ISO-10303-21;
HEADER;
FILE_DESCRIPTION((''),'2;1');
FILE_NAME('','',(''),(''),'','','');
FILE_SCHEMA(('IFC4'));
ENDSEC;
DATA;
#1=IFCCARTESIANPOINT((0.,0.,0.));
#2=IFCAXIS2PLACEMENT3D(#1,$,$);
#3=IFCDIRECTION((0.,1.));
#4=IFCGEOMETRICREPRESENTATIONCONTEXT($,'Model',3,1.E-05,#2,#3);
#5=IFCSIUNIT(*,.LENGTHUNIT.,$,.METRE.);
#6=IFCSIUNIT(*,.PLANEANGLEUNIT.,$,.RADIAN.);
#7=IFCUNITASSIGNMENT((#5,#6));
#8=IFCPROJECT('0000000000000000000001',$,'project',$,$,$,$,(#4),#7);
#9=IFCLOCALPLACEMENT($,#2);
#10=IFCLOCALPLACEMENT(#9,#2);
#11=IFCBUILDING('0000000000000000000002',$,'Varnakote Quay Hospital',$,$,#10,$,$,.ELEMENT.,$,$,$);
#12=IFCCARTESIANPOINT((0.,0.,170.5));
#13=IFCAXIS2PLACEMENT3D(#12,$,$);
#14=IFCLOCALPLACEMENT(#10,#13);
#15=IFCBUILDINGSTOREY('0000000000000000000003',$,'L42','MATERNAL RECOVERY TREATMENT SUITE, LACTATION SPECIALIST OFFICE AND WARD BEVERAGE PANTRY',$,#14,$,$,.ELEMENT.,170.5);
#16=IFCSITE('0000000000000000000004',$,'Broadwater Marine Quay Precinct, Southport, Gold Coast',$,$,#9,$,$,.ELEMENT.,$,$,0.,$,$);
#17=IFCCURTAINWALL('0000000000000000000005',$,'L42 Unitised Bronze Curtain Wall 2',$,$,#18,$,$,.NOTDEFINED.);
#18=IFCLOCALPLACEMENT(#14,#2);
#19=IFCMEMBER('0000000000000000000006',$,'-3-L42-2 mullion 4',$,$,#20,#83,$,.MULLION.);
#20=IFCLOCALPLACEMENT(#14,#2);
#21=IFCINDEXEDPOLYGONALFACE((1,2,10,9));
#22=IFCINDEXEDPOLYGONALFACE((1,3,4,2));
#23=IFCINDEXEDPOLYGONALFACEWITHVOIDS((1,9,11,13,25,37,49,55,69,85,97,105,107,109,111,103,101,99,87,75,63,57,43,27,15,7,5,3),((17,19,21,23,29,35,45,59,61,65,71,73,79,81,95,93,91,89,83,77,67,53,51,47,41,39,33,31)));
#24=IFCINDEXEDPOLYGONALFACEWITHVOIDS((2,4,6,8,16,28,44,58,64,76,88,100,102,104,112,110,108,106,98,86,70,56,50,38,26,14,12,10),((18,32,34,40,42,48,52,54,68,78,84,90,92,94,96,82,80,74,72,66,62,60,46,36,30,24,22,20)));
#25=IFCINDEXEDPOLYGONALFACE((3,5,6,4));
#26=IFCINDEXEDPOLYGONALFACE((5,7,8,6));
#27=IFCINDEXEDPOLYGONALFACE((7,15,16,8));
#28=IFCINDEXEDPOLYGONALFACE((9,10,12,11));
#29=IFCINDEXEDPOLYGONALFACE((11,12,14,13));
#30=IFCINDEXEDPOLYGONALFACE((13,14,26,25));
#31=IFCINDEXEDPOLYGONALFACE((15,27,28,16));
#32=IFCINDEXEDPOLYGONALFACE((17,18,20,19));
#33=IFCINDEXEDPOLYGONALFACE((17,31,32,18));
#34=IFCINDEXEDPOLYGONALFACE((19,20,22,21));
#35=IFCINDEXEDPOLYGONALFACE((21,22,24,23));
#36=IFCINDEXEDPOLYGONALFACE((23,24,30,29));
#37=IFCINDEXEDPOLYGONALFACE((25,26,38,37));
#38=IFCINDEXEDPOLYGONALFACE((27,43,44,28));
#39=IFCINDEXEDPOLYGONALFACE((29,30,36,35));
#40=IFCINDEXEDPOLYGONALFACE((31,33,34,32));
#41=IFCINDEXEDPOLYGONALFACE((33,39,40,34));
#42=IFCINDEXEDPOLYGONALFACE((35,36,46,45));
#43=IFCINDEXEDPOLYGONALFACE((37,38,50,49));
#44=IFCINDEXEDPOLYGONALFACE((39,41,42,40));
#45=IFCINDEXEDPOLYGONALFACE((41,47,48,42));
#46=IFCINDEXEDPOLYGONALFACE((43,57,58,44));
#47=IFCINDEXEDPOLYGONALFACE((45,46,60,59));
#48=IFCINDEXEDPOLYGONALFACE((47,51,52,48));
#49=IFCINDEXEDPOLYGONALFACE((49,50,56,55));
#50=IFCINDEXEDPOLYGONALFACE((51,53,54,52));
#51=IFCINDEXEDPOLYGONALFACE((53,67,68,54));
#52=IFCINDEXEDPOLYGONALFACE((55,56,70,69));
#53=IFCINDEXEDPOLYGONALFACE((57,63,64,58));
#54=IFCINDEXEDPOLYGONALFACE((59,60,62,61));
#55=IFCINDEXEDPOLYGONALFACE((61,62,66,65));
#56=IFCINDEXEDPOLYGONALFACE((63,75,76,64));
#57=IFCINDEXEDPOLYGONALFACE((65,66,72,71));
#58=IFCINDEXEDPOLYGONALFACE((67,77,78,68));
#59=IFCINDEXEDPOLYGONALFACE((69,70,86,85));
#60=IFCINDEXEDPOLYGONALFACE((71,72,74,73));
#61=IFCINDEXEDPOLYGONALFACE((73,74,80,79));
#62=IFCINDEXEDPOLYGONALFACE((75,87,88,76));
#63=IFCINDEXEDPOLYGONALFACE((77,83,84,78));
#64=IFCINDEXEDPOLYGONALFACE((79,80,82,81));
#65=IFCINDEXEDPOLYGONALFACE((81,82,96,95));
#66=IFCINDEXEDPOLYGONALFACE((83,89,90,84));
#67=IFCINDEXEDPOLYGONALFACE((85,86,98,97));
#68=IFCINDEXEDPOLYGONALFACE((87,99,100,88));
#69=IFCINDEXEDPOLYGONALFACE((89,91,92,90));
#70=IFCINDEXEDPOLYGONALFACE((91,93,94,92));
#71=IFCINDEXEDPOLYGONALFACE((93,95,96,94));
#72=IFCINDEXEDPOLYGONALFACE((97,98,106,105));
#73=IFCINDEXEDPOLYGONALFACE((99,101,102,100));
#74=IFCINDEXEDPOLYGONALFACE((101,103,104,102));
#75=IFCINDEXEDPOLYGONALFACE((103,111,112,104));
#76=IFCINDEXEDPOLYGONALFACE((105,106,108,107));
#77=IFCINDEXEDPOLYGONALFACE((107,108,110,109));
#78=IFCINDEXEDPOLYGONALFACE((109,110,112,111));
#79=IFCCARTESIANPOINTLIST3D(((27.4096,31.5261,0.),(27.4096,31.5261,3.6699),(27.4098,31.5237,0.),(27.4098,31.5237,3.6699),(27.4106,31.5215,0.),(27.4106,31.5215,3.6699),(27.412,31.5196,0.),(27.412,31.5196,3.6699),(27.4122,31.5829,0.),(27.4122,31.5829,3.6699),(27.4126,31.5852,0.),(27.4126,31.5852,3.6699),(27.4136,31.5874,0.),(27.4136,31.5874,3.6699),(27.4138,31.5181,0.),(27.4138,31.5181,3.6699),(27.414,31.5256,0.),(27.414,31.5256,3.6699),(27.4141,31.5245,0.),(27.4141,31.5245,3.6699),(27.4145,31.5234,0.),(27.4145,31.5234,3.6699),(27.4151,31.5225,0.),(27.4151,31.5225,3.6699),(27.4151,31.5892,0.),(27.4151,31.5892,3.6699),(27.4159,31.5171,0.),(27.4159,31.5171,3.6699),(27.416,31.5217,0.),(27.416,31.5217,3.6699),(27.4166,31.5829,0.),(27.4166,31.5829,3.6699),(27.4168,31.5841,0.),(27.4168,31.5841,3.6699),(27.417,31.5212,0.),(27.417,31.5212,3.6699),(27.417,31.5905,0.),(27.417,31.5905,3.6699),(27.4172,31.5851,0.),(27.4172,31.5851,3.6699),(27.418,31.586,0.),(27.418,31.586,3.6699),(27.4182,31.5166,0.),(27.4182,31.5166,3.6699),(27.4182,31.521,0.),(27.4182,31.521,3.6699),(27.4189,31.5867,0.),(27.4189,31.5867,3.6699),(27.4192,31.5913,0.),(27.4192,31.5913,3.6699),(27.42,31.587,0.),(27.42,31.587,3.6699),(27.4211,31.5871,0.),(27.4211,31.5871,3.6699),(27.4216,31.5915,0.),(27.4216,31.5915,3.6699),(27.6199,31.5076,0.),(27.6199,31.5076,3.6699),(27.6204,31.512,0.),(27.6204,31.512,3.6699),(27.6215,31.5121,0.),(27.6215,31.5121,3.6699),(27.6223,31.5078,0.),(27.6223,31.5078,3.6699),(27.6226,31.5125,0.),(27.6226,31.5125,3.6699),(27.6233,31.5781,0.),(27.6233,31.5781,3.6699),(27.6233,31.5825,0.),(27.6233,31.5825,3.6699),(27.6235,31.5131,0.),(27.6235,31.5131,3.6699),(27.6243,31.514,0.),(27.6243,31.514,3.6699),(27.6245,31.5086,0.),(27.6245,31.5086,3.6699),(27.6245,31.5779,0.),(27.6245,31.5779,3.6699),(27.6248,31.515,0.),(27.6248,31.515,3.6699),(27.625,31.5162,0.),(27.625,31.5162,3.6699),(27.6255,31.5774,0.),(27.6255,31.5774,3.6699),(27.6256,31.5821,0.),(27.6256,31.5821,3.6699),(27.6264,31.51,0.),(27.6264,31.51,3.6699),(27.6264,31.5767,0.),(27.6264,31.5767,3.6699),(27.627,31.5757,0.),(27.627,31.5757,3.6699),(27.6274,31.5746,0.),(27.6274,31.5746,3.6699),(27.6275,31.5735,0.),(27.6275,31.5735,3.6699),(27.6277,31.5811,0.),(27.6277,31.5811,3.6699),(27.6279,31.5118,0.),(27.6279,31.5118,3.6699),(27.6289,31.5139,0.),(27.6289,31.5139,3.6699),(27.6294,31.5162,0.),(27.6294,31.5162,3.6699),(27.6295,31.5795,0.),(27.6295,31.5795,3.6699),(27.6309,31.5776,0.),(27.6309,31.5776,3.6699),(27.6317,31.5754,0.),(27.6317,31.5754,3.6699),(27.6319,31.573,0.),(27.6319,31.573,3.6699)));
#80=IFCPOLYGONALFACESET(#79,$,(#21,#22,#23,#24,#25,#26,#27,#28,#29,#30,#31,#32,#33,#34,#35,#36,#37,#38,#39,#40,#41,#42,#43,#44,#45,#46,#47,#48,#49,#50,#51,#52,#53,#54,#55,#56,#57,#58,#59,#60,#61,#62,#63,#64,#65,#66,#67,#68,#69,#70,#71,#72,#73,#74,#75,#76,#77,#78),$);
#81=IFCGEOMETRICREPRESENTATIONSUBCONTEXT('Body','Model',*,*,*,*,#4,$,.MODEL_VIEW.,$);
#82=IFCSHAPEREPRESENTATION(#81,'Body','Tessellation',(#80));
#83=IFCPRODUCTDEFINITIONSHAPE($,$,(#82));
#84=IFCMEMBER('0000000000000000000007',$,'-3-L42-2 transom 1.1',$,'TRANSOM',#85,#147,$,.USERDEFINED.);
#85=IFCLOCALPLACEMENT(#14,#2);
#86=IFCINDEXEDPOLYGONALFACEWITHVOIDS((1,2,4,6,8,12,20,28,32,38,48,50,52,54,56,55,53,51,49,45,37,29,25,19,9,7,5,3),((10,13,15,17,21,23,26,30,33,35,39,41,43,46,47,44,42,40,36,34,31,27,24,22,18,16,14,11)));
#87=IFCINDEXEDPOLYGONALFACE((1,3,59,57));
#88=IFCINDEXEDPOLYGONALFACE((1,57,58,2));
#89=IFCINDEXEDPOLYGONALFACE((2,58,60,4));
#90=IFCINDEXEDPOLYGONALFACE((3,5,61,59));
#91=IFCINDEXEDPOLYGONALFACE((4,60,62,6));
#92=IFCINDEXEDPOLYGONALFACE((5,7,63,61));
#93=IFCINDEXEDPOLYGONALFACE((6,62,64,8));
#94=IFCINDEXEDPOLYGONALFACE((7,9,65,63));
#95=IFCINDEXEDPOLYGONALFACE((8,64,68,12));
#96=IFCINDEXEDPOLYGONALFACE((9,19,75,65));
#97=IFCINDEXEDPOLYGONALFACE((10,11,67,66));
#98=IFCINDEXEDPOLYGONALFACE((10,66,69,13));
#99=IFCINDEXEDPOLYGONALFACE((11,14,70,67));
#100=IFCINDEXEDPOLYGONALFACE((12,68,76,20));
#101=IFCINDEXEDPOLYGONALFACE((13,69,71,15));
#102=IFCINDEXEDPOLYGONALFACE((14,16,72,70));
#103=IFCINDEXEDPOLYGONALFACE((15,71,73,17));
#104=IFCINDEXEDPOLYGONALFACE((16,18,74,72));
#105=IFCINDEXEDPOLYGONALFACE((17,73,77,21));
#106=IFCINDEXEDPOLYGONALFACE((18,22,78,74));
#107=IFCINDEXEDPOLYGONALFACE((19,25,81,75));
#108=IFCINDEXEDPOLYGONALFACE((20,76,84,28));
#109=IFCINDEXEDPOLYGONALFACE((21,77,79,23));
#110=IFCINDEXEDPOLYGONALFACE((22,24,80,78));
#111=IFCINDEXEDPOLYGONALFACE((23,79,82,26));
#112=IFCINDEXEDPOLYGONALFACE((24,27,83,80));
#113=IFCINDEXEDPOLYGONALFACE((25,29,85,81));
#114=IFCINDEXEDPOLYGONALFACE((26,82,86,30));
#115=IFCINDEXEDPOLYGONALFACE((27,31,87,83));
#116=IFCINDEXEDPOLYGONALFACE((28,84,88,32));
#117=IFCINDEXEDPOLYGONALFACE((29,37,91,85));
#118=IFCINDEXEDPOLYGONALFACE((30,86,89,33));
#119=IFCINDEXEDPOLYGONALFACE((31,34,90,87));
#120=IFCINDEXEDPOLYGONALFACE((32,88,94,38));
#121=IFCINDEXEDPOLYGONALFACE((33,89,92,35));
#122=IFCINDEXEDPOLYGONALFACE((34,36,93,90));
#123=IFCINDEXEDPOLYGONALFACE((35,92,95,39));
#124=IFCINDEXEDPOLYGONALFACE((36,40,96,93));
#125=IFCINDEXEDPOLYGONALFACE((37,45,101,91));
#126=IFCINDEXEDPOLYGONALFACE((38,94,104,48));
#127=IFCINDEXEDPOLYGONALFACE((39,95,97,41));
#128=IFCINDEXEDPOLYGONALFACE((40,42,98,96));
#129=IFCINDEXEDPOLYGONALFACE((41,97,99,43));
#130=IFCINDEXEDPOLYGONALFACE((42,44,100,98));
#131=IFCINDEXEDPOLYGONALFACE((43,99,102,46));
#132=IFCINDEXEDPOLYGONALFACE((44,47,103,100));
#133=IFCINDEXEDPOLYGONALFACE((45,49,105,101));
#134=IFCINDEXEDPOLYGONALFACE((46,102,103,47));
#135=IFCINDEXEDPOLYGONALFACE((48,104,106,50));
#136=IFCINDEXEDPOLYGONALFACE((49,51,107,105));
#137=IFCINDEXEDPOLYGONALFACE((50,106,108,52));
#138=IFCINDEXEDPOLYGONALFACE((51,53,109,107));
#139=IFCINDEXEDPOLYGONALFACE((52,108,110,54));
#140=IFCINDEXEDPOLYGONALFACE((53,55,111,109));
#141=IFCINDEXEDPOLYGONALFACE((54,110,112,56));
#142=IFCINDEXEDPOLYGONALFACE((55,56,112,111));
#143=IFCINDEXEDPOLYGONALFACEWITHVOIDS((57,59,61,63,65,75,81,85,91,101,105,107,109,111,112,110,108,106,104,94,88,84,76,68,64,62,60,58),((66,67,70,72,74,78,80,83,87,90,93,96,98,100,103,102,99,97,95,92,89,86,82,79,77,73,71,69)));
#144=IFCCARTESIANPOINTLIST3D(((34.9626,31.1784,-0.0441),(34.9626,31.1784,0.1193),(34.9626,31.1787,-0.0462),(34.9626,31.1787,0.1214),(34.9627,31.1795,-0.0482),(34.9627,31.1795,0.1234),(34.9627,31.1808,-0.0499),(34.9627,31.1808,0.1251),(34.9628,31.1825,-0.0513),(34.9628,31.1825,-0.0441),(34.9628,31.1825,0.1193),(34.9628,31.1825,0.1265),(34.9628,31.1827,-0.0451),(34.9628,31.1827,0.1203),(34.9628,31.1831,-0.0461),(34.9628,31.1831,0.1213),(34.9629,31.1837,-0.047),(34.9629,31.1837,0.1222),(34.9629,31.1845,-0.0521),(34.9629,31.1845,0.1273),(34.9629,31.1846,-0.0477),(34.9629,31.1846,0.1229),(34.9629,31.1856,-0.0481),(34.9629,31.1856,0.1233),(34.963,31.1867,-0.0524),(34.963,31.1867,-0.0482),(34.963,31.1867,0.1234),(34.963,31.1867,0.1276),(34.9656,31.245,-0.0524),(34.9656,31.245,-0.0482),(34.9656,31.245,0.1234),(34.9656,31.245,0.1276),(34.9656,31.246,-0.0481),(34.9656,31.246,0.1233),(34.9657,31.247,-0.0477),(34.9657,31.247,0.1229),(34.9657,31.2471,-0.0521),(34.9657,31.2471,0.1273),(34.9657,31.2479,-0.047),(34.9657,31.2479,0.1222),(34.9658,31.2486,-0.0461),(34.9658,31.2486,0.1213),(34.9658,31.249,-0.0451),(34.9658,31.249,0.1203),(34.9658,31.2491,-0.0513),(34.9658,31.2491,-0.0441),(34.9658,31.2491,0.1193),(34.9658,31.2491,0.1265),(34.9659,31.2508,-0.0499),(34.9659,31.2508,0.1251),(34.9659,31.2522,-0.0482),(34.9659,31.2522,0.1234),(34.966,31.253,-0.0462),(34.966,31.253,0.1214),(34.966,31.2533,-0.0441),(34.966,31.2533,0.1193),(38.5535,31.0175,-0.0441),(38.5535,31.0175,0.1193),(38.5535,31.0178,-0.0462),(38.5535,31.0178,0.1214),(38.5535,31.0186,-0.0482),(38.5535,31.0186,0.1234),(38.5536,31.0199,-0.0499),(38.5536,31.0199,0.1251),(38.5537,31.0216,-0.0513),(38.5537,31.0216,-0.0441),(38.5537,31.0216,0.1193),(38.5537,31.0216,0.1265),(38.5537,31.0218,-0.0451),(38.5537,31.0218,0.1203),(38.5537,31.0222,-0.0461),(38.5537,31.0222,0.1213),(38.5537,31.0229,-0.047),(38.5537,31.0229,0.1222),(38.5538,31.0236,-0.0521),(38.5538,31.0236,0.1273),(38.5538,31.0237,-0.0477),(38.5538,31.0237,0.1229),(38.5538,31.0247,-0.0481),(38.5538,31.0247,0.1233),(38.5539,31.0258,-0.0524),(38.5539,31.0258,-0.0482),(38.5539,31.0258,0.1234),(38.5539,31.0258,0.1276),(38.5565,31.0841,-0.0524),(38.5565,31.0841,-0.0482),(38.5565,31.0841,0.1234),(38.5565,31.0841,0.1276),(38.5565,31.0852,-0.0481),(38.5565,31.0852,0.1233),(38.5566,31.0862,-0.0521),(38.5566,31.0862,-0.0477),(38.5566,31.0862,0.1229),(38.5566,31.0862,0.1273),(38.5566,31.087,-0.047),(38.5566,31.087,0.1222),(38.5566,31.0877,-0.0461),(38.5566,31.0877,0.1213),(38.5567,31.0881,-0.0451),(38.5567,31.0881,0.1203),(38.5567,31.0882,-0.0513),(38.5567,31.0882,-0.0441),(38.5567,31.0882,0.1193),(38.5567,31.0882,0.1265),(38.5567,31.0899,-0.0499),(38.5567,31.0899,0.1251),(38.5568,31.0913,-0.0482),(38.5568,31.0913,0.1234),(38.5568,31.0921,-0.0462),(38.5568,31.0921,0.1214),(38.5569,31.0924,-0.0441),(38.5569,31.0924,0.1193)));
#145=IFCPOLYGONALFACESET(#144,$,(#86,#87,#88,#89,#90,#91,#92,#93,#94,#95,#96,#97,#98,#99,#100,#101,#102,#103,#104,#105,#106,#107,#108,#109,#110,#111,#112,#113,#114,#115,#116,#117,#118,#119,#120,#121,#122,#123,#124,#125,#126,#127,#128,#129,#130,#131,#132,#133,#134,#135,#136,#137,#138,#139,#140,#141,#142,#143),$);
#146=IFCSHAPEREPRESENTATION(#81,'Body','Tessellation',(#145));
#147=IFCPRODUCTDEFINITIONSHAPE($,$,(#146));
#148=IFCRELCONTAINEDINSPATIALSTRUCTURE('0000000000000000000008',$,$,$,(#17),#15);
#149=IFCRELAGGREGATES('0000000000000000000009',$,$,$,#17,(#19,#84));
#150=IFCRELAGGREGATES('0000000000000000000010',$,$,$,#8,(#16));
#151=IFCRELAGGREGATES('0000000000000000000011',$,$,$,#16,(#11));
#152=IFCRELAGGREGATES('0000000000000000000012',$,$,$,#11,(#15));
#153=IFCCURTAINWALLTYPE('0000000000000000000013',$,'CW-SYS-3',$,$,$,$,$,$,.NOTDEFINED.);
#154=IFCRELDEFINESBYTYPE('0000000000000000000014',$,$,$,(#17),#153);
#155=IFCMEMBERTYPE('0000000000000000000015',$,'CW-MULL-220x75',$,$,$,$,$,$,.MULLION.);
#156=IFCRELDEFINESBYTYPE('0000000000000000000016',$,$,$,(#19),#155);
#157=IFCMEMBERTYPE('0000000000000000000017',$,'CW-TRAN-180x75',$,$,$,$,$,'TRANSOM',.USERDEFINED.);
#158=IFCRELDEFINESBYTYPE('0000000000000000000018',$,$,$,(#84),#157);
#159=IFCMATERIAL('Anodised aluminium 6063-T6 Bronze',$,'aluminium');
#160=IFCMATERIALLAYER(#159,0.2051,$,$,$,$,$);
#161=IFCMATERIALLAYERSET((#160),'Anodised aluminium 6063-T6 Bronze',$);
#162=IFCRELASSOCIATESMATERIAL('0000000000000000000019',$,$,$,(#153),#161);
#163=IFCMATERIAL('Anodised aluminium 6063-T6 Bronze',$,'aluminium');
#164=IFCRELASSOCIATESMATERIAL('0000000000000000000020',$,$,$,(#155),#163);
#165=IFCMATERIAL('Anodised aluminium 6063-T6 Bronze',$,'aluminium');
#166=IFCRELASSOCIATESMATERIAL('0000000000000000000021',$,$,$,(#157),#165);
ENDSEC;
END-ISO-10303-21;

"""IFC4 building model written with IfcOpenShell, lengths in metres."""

from ifc_helpers import new_model, si_unit, direction, frame, origin, origin_2d, place, context, subcontext, project, spatial, hollow_rectangle, extrude, material, layer, layer_set, material_profile, profile_set, type_object, element, aggregate, save


model = new_model("IFC4")

# Units and contexts
model_context = context("Model", 3, precision=1e-05, world=origin(), true_north=direction((0.0, 1.0)))
body_context = subcontext(model_context, "Body", "Model", "MODEL_VIEW")
ifc_project = project(units=[si_unit("LENGTHUNIT", "METRE"), si_unit("PLANEANGLEUNIT", "RADIAN")], contexts=[model_context])

# Site, building, storey
site_placement = place(None, origin())
site = spatial("IfcSite", under=ifc_project, at=site_placement, Name="Broadwater Marine Quay Precinct, Southport, Gold Coast", CompositionType="ELEMENT", RefElevation=0.0)
building_placement = place(site_placement, origin())
building = spatial("IfcBuilding", under=site, at=building_placement, Name="Varnakote Quay Hospital", CompositionType="ELEMENT")
storey_placement = place(building_placement, frame((0.0, 0.0, 170.5)))
storey = spatial("IfcBuildingStorey", under=building, at=storey_placement, Name="L42", Description="MATERNAL RECOVERY TREATMENT SUITE, LACTATION SPECIALIST OFFICE AND WARD BEVERAGE PANTRY", CompositionType="ELEMENT", Elevation=170.5)

# Shared definitions
ifc_material_1 = material(Name="Anodised aluminium 6063-T6 Bronze", Category="aluminium")
ifc_layer_1 = layer(ifc_material_1, 0.2051)
ifc_layer_set_1 = layer_set([ifc_layer_1], Name="Anodised aluminium 6063-T6 Bronze")
curtain_wall_type = type_object("IfcCurtainWallType", Name="CW-SYS-3", PredefinedType="NOTDEFINED", material=ifc_layer_set_1)
ifc_material_2 = material(Name="Anodised aluminium 6063-T6 Bronze", Category="aluminium")
ifc_material_profile_1 = material_profile(ifc_material_2, hollow_rectangle(XDim=0.075, YDim=0.22, WallThickness=0.0044, InnerFilletRadius=0.0044, OuterFilletRadius=0.009, at=origin_2d()), Name="CW-MULL-220x75")
ifc_profile_set_1 = profile_set([ifc_material_profile_1], Name="Anodised aluminium 6063-T6 Bronze")
member_type_1 = type_object("IfcMemberType", Name="CW-MULL-220x75", PredefinedType="MULLION", material=ifc_profile_set_1)

# Curtain wall, members
curtain_wall_1_placement = place(storey_placement, origin())
curtain_wall_1 = element("IfcCurtainWall", 1, at=curtain_wall_1_placement, inside=storey, type_object=curtain_wall_type, Name="L42 Unitised Bronze Curtain Wall 2", PredefinedType="NOTDEFINED")
member_1_placement = place(storey_placement, frame((27.5208, 31.5496, 0.0), z_axis=(0.0, 0.0, 1.0), x_axis=(-0.044782, -0.998997, 0.0)))
member_1 = element("IfcMember", 2, at=member_1_placement, type_object=member_type_1, Name="-3-L42-2 mullion 4", PredefinedType="MULLION", context=body_context, shape_type="SweptSolid", body=[
    extrude(hollow_rectangle(XDim=0.075, YDim=0.22, WallThickness=0.0044, InnerFilletRadius=0.0044, OuterFilletRadius=0.009, at=origin_2d()), origin(), (0.0, 0.0, 1.0), 3.6699),
])
ifc_material_3 = material(Name="Anodised aluminium 6063-T6 Bronze", Category="aluminium")
ifc_material_profile_2 = material_profile(ifc_material_3, hollow_rectangle(XDim=0.075, YDim=0.1799, WallThickness=0.0042, InnerFilletRadius=0.0042, OuterFilletRadius=0.0083, at=origin_2d()), Name="CW-TRAN-180x75")
ifc_profile_set_2 = profile_set([ifc_material_profile_2], Name="Anodised aluminium 6063-T6 Bronze")
member_type_2 = type_object("IfcMemberType", Name="CW-TRAN-180x75", ElementType="TRANSOM", PredefinedType="USERDEFINED", material=ifc_profile_set_2)
member_2_placement = place(storey_placement, frame((38.5552, 31.0549, 0.0376), z_axis=(-0.998998, 0.044761, 0.0), x_axis=(-0.044761, -0.998998, 0.0)))
member_2 = element("IfcMember", 3, at=member_2_placement, type_object=member_type_2, Name="-3-L42-2 transom 1.1", ObjectType="TRANSOM", PredefinedType="USERDEFINED", context=body_context, shape_type="SweptSolid", body=[
    extrude(hollow_rectangle(XDim=0.075, YDim=0.1799, WallThickness=0.0042, InnerFilletRadius=0.0042, OuterFilletRadius=0.0083, at=origin_2d()), origin(), (0.0, 0.0, 1.0), 3.5945),
])

aggregate(curtain_wall_1, [member_1, member_2])

save(model, "model.ifc")
